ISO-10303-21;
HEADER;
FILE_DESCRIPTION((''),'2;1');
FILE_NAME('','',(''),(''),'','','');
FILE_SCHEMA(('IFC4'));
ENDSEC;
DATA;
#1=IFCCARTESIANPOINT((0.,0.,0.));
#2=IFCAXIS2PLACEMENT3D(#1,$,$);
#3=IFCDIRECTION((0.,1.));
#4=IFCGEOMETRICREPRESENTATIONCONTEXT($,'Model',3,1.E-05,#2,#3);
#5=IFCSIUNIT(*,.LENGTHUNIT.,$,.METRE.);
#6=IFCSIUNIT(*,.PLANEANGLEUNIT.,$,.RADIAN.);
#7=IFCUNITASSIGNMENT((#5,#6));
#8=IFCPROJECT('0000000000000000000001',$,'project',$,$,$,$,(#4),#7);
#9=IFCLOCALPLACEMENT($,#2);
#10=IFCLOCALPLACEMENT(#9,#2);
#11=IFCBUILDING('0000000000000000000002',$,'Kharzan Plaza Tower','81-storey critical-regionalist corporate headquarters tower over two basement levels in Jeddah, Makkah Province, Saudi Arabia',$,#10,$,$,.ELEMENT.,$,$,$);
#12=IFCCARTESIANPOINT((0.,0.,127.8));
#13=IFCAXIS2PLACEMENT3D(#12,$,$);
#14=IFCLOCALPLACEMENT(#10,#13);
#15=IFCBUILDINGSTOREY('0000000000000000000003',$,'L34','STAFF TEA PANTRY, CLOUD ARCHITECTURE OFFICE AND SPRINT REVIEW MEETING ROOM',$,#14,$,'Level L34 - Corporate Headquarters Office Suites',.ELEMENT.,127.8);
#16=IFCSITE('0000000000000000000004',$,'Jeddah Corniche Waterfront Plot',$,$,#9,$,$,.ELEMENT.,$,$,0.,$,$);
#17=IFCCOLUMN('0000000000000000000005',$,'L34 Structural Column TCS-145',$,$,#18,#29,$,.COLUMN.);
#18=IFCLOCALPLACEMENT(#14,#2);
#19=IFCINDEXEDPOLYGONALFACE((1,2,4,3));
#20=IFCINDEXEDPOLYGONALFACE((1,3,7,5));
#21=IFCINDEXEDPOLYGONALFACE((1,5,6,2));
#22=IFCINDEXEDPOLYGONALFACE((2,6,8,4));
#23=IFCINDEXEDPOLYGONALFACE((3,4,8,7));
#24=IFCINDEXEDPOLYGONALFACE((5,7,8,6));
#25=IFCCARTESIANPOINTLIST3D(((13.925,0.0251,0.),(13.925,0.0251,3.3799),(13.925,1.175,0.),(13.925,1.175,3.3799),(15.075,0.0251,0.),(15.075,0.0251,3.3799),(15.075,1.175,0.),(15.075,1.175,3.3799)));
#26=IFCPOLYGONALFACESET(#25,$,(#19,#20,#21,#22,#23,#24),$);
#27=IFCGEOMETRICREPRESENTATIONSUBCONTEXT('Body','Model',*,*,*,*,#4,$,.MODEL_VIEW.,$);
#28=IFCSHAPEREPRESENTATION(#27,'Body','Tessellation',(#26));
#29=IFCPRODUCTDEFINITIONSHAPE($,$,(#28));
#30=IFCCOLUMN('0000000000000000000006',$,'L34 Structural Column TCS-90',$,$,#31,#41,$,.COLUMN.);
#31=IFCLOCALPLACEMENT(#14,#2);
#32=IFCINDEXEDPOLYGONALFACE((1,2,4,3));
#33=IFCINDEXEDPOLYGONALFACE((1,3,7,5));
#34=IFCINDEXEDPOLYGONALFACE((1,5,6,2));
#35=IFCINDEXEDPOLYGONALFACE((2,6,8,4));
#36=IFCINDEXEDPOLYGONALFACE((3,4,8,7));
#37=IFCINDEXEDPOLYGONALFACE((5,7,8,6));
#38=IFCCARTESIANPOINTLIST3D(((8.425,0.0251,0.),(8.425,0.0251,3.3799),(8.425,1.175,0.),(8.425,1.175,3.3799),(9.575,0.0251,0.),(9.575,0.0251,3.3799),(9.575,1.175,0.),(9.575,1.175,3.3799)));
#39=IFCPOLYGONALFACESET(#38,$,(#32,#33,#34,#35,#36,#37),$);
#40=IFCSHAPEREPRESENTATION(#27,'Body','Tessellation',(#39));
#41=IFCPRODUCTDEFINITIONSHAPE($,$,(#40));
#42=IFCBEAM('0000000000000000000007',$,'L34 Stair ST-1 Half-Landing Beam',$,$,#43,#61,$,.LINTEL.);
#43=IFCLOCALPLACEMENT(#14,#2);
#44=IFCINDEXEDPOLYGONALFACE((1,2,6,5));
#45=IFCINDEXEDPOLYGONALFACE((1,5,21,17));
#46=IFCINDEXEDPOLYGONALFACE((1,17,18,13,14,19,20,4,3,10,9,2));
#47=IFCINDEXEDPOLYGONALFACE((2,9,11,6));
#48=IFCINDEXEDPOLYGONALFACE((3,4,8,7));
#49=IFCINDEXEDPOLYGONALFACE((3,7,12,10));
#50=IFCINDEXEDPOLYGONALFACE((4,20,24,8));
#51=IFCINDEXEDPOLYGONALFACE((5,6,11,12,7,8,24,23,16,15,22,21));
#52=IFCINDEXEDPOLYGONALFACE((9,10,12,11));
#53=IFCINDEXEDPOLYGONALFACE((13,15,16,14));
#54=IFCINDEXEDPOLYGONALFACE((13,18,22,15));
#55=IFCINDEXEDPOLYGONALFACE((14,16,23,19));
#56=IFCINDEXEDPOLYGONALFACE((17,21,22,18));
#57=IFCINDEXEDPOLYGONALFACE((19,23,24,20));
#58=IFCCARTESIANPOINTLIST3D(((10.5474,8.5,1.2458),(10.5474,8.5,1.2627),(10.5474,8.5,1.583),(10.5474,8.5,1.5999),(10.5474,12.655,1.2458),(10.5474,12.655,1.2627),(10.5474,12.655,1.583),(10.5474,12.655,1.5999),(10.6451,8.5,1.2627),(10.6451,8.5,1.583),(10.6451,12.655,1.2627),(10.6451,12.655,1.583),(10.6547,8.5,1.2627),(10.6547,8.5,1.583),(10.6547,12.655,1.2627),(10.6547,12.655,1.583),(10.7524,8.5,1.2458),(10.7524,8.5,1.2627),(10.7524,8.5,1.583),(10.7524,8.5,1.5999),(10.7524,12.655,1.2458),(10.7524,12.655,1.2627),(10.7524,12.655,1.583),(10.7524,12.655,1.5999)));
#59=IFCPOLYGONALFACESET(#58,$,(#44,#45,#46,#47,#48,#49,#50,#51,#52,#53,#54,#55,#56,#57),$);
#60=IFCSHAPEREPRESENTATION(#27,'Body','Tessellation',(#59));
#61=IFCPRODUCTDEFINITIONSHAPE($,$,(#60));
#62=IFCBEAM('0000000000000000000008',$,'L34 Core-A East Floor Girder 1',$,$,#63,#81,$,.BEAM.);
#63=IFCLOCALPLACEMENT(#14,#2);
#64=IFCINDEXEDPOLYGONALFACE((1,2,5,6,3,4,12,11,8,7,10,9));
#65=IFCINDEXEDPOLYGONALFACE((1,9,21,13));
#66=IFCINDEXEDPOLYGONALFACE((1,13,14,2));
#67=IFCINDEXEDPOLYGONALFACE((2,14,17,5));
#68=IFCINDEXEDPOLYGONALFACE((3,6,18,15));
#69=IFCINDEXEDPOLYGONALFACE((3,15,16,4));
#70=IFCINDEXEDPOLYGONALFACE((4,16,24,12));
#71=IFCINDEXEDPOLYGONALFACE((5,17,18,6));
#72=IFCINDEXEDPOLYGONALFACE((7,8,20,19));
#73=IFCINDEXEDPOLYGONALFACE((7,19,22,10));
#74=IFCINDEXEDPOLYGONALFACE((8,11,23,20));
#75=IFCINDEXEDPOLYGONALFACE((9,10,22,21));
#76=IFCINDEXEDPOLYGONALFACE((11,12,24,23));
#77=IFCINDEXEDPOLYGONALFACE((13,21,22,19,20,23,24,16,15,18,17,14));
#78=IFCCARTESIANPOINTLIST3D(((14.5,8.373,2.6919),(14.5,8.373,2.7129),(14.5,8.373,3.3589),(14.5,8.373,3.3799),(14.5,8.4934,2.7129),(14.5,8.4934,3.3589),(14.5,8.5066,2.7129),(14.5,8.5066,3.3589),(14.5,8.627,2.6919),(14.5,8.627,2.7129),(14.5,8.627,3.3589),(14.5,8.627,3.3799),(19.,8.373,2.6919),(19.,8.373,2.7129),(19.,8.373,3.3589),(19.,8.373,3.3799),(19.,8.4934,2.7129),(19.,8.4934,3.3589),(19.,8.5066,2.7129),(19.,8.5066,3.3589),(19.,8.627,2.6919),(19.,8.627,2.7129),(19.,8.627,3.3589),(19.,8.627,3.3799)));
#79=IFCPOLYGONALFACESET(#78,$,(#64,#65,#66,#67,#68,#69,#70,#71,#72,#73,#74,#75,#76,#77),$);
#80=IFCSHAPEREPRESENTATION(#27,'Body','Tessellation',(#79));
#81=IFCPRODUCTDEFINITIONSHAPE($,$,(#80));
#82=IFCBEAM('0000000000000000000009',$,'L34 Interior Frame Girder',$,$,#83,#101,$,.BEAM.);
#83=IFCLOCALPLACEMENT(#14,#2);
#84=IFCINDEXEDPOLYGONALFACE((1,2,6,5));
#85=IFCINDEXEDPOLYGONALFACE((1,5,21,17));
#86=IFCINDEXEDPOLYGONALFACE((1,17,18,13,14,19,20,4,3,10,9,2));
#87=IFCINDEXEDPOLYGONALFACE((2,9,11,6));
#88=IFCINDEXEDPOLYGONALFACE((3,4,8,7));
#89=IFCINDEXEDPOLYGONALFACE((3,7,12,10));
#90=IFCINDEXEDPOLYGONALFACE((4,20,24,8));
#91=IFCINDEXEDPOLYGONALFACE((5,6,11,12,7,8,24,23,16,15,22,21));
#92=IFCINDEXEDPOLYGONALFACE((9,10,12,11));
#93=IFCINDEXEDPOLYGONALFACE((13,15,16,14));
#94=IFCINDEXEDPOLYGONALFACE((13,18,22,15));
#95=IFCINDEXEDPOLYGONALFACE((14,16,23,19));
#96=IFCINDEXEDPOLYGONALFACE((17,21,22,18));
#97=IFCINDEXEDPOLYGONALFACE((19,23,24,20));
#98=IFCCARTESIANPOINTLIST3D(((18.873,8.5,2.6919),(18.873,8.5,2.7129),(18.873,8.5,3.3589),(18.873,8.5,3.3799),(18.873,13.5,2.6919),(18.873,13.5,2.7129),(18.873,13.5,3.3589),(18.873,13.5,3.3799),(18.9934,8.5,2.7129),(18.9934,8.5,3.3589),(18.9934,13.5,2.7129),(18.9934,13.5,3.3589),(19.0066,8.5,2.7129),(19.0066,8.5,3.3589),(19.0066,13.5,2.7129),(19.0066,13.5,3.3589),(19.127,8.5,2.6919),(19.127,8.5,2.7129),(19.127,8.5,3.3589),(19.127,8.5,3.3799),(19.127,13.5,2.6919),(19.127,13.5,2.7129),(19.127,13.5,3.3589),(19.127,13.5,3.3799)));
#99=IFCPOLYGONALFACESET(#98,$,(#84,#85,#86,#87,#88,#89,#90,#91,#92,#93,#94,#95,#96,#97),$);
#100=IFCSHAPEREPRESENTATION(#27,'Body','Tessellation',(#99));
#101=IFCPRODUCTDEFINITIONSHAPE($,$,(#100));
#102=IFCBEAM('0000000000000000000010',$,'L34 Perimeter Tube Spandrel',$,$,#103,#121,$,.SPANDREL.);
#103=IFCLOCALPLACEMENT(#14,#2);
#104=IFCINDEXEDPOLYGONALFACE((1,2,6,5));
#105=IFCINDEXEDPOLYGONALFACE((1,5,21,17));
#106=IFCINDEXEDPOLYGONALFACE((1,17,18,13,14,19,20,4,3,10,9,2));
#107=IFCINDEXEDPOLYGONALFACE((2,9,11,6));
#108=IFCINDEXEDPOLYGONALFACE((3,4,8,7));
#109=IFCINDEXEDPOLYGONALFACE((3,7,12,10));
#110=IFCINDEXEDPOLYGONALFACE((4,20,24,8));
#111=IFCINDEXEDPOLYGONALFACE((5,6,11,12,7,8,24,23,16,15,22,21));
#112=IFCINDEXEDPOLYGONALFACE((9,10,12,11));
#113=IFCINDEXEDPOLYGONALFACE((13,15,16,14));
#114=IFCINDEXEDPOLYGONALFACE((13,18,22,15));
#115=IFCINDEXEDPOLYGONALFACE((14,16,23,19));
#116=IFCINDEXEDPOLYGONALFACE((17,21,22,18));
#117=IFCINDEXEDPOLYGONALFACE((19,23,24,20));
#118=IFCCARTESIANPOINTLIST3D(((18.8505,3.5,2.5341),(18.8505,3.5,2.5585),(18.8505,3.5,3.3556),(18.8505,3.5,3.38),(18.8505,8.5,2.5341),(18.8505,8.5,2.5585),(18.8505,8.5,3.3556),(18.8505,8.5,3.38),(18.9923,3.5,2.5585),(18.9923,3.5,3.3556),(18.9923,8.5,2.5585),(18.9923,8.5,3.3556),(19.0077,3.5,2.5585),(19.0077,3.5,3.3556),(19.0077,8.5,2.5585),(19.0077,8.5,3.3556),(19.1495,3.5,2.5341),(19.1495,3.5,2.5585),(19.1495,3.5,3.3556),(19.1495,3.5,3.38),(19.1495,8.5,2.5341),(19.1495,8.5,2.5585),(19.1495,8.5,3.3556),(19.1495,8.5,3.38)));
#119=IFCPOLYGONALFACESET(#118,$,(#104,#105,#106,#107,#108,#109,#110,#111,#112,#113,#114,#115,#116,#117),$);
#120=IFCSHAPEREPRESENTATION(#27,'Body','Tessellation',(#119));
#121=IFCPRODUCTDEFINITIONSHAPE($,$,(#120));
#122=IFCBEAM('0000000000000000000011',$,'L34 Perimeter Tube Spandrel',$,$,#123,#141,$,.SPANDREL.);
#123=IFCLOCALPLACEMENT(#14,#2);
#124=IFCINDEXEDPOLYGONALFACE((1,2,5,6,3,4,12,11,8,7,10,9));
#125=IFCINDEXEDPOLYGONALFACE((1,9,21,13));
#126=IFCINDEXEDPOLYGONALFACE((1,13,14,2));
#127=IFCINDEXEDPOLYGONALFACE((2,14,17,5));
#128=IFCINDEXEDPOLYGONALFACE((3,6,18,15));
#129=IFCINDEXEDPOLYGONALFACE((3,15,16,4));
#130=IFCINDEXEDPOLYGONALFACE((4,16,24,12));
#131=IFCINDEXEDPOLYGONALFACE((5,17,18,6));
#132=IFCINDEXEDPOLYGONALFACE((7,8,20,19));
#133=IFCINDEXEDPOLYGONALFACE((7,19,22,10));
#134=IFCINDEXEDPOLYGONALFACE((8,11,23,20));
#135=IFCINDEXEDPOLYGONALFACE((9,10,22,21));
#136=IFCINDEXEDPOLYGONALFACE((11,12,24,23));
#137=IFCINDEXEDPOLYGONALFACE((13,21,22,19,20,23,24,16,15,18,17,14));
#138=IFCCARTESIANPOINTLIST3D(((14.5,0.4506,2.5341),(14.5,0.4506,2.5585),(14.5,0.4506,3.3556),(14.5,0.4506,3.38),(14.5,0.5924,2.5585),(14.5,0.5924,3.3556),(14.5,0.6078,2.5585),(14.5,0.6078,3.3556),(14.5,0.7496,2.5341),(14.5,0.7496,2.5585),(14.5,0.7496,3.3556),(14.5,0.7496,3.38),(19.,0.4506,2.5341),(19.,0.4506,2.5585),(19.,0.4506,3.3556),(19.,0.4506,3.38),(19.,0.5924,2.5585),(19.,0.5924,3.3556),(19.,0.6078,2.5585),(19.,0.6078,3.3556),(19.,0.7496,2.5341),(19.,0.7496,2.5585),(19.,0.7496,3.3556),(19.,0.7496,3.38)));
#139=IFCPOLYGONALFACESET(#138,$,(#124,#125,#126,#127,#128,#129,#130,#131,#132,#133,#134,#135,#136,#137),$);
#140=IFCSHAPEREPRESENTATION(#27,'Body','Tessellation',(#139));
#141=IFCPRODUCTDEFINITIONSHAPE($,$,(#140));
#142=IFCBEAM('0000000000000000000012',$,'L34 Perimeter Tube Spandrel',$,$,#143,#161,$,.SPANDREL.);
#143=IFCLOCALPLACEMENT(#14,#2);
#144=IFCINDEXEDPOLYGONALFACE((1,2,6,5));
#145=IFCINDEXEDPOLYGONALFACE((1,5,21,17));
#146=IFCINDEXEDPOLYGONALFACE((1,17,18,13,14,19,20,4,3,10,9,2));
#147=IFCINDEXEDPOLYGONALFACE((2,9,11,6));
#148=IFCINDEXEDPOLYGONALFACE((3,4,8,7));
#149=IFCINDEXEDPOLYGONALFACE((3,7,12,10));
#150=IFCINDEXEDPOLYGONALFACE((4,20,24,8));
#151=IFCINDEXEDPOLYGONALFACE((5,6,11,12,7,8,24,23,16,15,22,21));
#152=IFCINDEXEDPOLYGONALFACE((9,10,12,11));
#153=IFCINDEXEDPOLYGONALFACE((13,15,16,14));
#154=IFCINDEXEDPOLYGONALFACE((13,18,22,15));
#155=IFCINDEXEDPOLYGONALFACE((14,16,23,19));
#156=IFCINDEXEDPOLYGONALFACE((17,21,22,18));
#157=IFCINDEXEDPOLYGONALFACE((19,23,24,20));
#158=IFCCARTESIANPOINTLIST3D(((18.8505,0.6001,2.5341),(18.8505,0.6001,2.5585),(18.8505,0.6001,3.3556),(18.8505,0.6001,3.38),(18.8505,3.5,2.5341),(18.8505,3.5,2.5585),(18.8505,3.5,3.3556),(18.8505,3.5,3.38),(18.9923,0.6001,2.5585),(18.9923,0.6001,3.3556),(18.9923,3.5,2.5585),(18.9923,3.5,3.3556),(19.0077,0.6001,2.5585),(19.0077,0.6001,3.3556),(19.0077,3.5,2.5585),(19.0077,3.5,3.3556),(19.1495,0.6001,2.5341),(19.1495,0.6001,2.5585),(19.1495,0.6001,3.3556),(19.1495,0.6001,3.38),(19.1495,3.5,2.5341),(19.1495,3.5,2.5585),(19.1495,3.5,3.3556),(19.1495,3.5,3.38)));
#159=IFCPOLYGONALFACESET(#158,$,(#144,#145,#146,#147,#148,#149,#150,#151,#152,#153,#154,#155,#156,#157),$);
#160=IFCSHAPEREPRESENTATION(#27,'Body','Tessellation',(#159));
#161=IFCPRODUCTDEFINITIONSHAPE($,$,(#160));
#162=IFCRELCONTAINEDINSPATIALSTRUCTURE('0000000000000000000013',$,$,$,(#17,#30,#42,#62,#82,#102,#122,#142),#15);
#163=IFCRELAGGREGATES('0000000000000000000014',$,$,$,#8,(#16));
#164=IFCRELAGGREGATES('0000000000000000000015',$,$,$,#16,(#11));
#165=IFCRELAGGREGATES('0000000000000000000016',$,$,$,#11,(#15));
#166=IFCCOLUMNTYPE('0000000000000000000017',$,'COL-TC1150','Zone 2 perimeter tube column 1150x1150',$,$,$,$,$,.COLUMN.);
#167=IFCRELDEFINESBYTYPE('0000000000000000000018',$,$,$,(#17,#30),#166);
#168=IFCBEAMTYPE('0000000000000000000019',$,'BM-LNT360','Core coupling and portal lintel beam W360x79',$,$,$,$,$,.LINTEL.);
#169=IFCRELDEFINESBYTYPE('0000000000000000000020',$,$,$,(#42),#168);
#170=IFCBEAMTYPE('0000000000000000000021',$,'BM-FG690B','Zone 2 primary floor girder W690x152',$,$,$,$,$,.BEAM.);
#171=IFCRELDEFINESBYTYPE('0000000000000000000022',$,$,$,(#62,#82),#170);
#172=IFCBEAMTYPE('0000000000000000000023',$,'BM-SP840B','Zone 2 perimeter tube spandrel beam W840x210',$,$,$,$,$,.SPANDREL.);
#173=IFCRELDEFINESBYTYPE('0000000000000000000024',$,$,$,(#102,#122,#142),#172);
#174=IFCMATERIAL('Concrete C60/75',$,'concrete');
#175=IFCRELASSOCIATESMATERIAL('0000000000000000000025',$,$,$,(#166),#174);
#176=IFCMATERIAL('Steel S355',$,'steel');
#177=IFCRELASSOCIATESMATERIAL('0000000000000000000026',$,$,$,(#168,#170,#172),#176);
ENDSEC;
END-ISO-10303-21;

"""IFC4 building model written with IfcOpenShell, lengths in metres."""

from ifc_helpers import new_model, si_unit, direction, frame, origin, origin_2d, place, context, subcontext, project, spatial, rectangle, i_section, extrude, source, transform, mapped, material, material_profile, profile_set, type_object, element, save


model = new_model("IFC4")

# Units and contexts
model_context = context("Model", 3, precision=1e-05, world=origin(), true_north=direction((0.0, 1.0)))
body_context = subcontext(model_context, "Body", "Model", "MODEL_VIEW")
ifc_project = project(units=[si_unit("LENGTHUNIT", "METRE"), si_unit("PLANEANGLEUNIT", "RADIAN")], contexts=[model_context])

# Site, building, storey
site_placement = place(None, origin())
site = spatial("IfcSite", under=ifc_project, at=site_placement, Name="Jeddah Corniche Waterfront Plot", CompositionType="ELEMENT", RefElevation=0.0)
building_placement = place(site_placement, origin())
building = spatial("IfcBuilding", under=site, at=building_placement, Name="Kharzan Plaza Tower", Description="81-storey critical-regionalist corporate headquarters tower over two basement levels in Jeddah, Makkah Province, Saudi Arabia", CompositionType="ELEMENT")
storey_placement = place(building_placement, frame((0.0, 0.0, 127.8)))
storey = spatial("IfcBuildingStorey", under=building, at=storey_placement, Name="L34", Description="STAFF TEA PANTRY, CLOUD ARCHITECTURE OFFICE AND SPRINT REVIEW MEETING ROOM", LongName="Level L34 - Corporate Headquarters Office Suites", CompositionType="ELEMENT", Elevation=127.8)

# Columns
ifc_material_1 = material(Name="Concrete C60/75", Category="concrete")
ifc_material_profile_1 = material_profile(ifc_material_1, rectangle(XDim=1.1499, YDim=1.1499, at=origin_2d()), Name="RC-TC1150x1150")
ifc_profile_set_1 = profile_set([ifc_material_profile_1], Name="Concrete C60/75")
column_type = type_object("IfcColumnType", Name="COL-TC1150", Description="Zone 2 perimeter tube column 1150x1150", PredefinedType="COLUMN", material=ifc_profile_set_1)
shared_shape_1 = source(origin(), body_context, "Body", "SweptSolid", [
    extrude(rectangle(XDim=1.1499, YDim=1.1499, at=origin_2d()), origin(), (0.0, 0.0, 1.0), 3.3799),
])
for number, where, z_axis, x_axis, name in (
    (1, (14.5, 0.6001, 0.0), (0.0, 0.0, 1.0), (1.0, 0.0, 0.0), "L34 Structural Column TCS-145"),
    (2, (9.0, 0.6001, 0.0), (0.0, 0.0, 1.0), (1.0, 0.0, 0.0), "L34 Structural Column TCS-90"),
):
    element("IfcColumn", number, at=place(storey_placement, frame(where, z_axis=z_axis, x_axis=x_axis)), inside=storey, type_object=column_type, Name=name, PredefinedType="COLUMN", context=body_context, shape_type="MappedRepresentation", body=[
        mapped(shared_shape_1, transform((0.0, 0.0, 0.0), x_axis=(1.0, 0.0, 0.0), y_axis=(0.0, 1.0, 0.0), z_axis=(0.0, 0.0, 1.0))),
    ])

# Beams
ifc_material_2 = material(Name="Steel S355", Category="steel")
ifc_material_profile_2 = material_profile(ifc_material_2, i_section(OverallWidth=0.2051, OverallDepth=0.354, WebThickness=0.0095, FlangeThickness=0.0168, at=origin_2d()), Name="W360x79")
ifc_profile_set_2 = profile_set([ifc_material_profile_2], Name="Steel S355")
beam_type_1 = type_object("IfcBeamType", Name="BM-LNT360", Description="Core coupling and portal lintel beam W360x79", PredefinedType="LINTEL", material=ifc_profile_set_2)
shared_shape_2 = source(origin(), body_context, "Body", "SweptSolid", [
    extrude(i_section(OverallWidth=0.2051, OverallDepth=0.354, WebThickness=0.0095, FlangeThickness=0.0168, at=origin_2d()), origin(), (0.0, 0.0, 1.0), 4.155),
])
beam_1_placement = place(storey_placement, frame((10.6499, 8.5, 1.4229), z_axis=(0.0, 1.0, 0.0), x_axis=(-1.0, 0.0, 0.0)))
element("IfcBeam", 3, at=beam_1_placement, inside=storey, type_object=beam_type_1, Name="L34 Stair ST-1 Half-Landing Beam", PredefinedType="LINTEL", context=body_context, shape_type="MappedRepresentation", body=[
    mapped(shared_shape_2, transform((0.0, 0.0, 0.0), x_axis=(1.0, 0.0, 0.0), y_axis=(0.0, 1.0, 0.0), z_axis=(0.0, 0.0, 1.0))),
])
ifc_material_profile_3 = material_profile(ifc_material_2, i_section(OverallWidth=0.2539, OverallDepth=0.688, WebThickness=0.0132, FlangeThickness=0.021, at=origin_2d()), Name="W690x152")
ifc_profile_set_3 = profile_set([ifc_material_profile_3], Name="Steel S355")
beam_type_2 = type_object("IfcBeamType", Name="BM-FG690B", Description="Zone 2 primary floor girder W690x152", PredefinedType="BEAM", material=ifc_profile_set_3)
shared_shape_3 = source(origin(), body_context, "Body", "SweptSolid", [
    extrude(i_section(OverallWidth=0.2539, OverallDepth=0.688, WebThickness=0.0132, FlangeThickness=0.021, at=origin_2d()), origin(), (0.0, 0.0, 1.0), 4.5),
])
beam_2_placement = place(storey_placement, frame((14.5, 8.5, 3.0359), z_axis=(1.0, 0.0, 0.0), x_axis=(0.0, 1.0, 0.0)))
element("IfcBeam", 4, at=beam_2_placement, inside=storey, type_object=beam_type_2, Name="L34 Core-A East Floor Girder 1", PredefinedType="BEAM", context=body_context, shape_type="MappedRepresentation", body=[
    mapped(shared_shape_3, transform((0.0, 0.0, 0.0), x_axis=(1.0, 0.0, 0.0), y_axis=(0.0, 1.0, 0.0), z_axis=(0.0, 0.0, 1.0))),
])
shared_shape_4 = source(origin(), body_context, "Body", "SweptSolid", [
    extrude(i_section(OverallWidth=0.2539, OverallDepth=0.688, WebThickness=0.0132, FlangeThickness=0.021, at=origin_2d()), origin(), (0.0, 0.0, 1.0), 5.0),
])
beam_3_placement = place(storey_placement, frame((19.0, 8.5, 3.0359), z_axis=(0.0, 1.0, 0.0), x_axis=(-1.0, 0.0, 0.0)))
element("IfcBeam", 5, at=beam_3_placement, inside=storey, type_object=beam_type_2, Name="L34 Interior Frame Girder", PredefinedType="BEAM", context=body_context, shape_type="MappedRepresentation", body=[
    mapped(shared_shape_4, transform((0.0, 0.0, 0.0), x_axis=(1.0, 0.0, 0.0), y_axis=(0.0, 1.0, 0.0), z_axis=(0.0, 0.0, 1.0))),
])
ifc_material_profile_4 = material_profile(ifc_material_2, i_section(OverallWidth=0.2991, OverallDepth=0.8459, WebThickness=0.0154, FlangeThickness=0.0244, at=origin_2d()), Name="W840x210")
ifc_profile_set_4 = profile_set([ifc_material_profile_4], Name="Steel S355")
beam_type_3 = type_object("IfcBeamType", Name="BM-SP840B", Description="Zone 2 perimeter tube spandrel beam W840x210", PredefinedType="SPANDREL", material=ifc_profile_set_4)
shared_shape_5 = source(origin(), body_context, "Body", "SweptSolid", [
    extrude(i_section(OverallWidth=0.2991, OverallDepth=0.8459, WebThickness=0.0154, FlangeThickness=0.0244, at=origin_2d()), origin(), (0.0, 0.0, 1.0), 5.0),
])
beam_4_placement = place(storey_placement, frame((19.0, 3.5, 2.957), z_axis=(0.0, 1.0, 0.0), x_axis=(-1.0, 0.0, 0.0)))
element("IfcBeam", 6, at=beam_4_placement, inside=storey, type_object=beam_type_3, Name="L34 Perimeter Tube Spandrel", PredefinedType="SPANDREL", context=body_context, shape_type="MappedRepresentation", body=[
    mapped(shared_shape_5, transform((0.0, 0.0, 0.0), x_axis=(1.0, 0.0, 0.0), y_axis=(0.0, 1.0, 0.0), z_axis=(0.0, 0.0, 1.0))),
])
shared_shape_6 = source(origin(), body_context, "Body", "SweptSolid", [
    extrude(i_section(OverallWidth=0.2991, OverallDepth=0.8459, WebThickness=0.0154, FlangeThickness=0.0244, at=origin_2d()), origin(), (0.0, 0.0, 1.0), 4.5),
])
beam_5_placement = place(storey_placement, frame((14.5, 0.6001, 2.957), z_axis=(1.0, 0.0, 0.0), x_axis=(0.0, 1.0, 0.0)))
element("IfcBeam", 7, at=beam_5_placement, inside=storey, type_object=beam_type_3, Name="L34 Perimeter Tube Spandrel", PredefinedType="SPANDREL", context=body_context, shape_type="MappedRepresentation", body=[
    mapped(shared_shape_6, transform((0.0, 0.0, 0.0), x_axis=(1.0, 0.0, 0.0), y_axis=(0.0, 1.0, 0.0), z_axis=(0.0, 0.0, 1.0))),
])
shared_shape_7 = source(origin(), body_context, "Body", "SweptSolid", [
    extrude(i_section(OverallWidth=0.2991, OverallDepth=0.8459, WebThickness=0.0154, FlangeThickness=0.0244, at=origin_2d()), origin(), (0.0, 0.0, 1.0), 2.8999),
])
beam_6_placement = place(storey_placement, frame((19.0, 0.6001, 2.957), z_axis=(0.0, 1.0, 0.0), x_axis=(-1.0, 0.0, 0.0)))
element("IfcBeam", 8, at=beam_6_placement, inside=storey, type_object=beam_type_3, Name="L34 Perimeter Tube Spandrel", PredefinedType="SPANDREL", context=body_context, shape_type="MappedRepresentation", body=[
    mapped(shared_shape_7, transform((0.0, 0.0, 0.0), x_axis=(1.0, 0.0, 0.0), y_axis=(0.0, 1.0, 0.0), z_axis=(0.0, 0.0, 1.0))),
])

save(model, "model.ifc")
